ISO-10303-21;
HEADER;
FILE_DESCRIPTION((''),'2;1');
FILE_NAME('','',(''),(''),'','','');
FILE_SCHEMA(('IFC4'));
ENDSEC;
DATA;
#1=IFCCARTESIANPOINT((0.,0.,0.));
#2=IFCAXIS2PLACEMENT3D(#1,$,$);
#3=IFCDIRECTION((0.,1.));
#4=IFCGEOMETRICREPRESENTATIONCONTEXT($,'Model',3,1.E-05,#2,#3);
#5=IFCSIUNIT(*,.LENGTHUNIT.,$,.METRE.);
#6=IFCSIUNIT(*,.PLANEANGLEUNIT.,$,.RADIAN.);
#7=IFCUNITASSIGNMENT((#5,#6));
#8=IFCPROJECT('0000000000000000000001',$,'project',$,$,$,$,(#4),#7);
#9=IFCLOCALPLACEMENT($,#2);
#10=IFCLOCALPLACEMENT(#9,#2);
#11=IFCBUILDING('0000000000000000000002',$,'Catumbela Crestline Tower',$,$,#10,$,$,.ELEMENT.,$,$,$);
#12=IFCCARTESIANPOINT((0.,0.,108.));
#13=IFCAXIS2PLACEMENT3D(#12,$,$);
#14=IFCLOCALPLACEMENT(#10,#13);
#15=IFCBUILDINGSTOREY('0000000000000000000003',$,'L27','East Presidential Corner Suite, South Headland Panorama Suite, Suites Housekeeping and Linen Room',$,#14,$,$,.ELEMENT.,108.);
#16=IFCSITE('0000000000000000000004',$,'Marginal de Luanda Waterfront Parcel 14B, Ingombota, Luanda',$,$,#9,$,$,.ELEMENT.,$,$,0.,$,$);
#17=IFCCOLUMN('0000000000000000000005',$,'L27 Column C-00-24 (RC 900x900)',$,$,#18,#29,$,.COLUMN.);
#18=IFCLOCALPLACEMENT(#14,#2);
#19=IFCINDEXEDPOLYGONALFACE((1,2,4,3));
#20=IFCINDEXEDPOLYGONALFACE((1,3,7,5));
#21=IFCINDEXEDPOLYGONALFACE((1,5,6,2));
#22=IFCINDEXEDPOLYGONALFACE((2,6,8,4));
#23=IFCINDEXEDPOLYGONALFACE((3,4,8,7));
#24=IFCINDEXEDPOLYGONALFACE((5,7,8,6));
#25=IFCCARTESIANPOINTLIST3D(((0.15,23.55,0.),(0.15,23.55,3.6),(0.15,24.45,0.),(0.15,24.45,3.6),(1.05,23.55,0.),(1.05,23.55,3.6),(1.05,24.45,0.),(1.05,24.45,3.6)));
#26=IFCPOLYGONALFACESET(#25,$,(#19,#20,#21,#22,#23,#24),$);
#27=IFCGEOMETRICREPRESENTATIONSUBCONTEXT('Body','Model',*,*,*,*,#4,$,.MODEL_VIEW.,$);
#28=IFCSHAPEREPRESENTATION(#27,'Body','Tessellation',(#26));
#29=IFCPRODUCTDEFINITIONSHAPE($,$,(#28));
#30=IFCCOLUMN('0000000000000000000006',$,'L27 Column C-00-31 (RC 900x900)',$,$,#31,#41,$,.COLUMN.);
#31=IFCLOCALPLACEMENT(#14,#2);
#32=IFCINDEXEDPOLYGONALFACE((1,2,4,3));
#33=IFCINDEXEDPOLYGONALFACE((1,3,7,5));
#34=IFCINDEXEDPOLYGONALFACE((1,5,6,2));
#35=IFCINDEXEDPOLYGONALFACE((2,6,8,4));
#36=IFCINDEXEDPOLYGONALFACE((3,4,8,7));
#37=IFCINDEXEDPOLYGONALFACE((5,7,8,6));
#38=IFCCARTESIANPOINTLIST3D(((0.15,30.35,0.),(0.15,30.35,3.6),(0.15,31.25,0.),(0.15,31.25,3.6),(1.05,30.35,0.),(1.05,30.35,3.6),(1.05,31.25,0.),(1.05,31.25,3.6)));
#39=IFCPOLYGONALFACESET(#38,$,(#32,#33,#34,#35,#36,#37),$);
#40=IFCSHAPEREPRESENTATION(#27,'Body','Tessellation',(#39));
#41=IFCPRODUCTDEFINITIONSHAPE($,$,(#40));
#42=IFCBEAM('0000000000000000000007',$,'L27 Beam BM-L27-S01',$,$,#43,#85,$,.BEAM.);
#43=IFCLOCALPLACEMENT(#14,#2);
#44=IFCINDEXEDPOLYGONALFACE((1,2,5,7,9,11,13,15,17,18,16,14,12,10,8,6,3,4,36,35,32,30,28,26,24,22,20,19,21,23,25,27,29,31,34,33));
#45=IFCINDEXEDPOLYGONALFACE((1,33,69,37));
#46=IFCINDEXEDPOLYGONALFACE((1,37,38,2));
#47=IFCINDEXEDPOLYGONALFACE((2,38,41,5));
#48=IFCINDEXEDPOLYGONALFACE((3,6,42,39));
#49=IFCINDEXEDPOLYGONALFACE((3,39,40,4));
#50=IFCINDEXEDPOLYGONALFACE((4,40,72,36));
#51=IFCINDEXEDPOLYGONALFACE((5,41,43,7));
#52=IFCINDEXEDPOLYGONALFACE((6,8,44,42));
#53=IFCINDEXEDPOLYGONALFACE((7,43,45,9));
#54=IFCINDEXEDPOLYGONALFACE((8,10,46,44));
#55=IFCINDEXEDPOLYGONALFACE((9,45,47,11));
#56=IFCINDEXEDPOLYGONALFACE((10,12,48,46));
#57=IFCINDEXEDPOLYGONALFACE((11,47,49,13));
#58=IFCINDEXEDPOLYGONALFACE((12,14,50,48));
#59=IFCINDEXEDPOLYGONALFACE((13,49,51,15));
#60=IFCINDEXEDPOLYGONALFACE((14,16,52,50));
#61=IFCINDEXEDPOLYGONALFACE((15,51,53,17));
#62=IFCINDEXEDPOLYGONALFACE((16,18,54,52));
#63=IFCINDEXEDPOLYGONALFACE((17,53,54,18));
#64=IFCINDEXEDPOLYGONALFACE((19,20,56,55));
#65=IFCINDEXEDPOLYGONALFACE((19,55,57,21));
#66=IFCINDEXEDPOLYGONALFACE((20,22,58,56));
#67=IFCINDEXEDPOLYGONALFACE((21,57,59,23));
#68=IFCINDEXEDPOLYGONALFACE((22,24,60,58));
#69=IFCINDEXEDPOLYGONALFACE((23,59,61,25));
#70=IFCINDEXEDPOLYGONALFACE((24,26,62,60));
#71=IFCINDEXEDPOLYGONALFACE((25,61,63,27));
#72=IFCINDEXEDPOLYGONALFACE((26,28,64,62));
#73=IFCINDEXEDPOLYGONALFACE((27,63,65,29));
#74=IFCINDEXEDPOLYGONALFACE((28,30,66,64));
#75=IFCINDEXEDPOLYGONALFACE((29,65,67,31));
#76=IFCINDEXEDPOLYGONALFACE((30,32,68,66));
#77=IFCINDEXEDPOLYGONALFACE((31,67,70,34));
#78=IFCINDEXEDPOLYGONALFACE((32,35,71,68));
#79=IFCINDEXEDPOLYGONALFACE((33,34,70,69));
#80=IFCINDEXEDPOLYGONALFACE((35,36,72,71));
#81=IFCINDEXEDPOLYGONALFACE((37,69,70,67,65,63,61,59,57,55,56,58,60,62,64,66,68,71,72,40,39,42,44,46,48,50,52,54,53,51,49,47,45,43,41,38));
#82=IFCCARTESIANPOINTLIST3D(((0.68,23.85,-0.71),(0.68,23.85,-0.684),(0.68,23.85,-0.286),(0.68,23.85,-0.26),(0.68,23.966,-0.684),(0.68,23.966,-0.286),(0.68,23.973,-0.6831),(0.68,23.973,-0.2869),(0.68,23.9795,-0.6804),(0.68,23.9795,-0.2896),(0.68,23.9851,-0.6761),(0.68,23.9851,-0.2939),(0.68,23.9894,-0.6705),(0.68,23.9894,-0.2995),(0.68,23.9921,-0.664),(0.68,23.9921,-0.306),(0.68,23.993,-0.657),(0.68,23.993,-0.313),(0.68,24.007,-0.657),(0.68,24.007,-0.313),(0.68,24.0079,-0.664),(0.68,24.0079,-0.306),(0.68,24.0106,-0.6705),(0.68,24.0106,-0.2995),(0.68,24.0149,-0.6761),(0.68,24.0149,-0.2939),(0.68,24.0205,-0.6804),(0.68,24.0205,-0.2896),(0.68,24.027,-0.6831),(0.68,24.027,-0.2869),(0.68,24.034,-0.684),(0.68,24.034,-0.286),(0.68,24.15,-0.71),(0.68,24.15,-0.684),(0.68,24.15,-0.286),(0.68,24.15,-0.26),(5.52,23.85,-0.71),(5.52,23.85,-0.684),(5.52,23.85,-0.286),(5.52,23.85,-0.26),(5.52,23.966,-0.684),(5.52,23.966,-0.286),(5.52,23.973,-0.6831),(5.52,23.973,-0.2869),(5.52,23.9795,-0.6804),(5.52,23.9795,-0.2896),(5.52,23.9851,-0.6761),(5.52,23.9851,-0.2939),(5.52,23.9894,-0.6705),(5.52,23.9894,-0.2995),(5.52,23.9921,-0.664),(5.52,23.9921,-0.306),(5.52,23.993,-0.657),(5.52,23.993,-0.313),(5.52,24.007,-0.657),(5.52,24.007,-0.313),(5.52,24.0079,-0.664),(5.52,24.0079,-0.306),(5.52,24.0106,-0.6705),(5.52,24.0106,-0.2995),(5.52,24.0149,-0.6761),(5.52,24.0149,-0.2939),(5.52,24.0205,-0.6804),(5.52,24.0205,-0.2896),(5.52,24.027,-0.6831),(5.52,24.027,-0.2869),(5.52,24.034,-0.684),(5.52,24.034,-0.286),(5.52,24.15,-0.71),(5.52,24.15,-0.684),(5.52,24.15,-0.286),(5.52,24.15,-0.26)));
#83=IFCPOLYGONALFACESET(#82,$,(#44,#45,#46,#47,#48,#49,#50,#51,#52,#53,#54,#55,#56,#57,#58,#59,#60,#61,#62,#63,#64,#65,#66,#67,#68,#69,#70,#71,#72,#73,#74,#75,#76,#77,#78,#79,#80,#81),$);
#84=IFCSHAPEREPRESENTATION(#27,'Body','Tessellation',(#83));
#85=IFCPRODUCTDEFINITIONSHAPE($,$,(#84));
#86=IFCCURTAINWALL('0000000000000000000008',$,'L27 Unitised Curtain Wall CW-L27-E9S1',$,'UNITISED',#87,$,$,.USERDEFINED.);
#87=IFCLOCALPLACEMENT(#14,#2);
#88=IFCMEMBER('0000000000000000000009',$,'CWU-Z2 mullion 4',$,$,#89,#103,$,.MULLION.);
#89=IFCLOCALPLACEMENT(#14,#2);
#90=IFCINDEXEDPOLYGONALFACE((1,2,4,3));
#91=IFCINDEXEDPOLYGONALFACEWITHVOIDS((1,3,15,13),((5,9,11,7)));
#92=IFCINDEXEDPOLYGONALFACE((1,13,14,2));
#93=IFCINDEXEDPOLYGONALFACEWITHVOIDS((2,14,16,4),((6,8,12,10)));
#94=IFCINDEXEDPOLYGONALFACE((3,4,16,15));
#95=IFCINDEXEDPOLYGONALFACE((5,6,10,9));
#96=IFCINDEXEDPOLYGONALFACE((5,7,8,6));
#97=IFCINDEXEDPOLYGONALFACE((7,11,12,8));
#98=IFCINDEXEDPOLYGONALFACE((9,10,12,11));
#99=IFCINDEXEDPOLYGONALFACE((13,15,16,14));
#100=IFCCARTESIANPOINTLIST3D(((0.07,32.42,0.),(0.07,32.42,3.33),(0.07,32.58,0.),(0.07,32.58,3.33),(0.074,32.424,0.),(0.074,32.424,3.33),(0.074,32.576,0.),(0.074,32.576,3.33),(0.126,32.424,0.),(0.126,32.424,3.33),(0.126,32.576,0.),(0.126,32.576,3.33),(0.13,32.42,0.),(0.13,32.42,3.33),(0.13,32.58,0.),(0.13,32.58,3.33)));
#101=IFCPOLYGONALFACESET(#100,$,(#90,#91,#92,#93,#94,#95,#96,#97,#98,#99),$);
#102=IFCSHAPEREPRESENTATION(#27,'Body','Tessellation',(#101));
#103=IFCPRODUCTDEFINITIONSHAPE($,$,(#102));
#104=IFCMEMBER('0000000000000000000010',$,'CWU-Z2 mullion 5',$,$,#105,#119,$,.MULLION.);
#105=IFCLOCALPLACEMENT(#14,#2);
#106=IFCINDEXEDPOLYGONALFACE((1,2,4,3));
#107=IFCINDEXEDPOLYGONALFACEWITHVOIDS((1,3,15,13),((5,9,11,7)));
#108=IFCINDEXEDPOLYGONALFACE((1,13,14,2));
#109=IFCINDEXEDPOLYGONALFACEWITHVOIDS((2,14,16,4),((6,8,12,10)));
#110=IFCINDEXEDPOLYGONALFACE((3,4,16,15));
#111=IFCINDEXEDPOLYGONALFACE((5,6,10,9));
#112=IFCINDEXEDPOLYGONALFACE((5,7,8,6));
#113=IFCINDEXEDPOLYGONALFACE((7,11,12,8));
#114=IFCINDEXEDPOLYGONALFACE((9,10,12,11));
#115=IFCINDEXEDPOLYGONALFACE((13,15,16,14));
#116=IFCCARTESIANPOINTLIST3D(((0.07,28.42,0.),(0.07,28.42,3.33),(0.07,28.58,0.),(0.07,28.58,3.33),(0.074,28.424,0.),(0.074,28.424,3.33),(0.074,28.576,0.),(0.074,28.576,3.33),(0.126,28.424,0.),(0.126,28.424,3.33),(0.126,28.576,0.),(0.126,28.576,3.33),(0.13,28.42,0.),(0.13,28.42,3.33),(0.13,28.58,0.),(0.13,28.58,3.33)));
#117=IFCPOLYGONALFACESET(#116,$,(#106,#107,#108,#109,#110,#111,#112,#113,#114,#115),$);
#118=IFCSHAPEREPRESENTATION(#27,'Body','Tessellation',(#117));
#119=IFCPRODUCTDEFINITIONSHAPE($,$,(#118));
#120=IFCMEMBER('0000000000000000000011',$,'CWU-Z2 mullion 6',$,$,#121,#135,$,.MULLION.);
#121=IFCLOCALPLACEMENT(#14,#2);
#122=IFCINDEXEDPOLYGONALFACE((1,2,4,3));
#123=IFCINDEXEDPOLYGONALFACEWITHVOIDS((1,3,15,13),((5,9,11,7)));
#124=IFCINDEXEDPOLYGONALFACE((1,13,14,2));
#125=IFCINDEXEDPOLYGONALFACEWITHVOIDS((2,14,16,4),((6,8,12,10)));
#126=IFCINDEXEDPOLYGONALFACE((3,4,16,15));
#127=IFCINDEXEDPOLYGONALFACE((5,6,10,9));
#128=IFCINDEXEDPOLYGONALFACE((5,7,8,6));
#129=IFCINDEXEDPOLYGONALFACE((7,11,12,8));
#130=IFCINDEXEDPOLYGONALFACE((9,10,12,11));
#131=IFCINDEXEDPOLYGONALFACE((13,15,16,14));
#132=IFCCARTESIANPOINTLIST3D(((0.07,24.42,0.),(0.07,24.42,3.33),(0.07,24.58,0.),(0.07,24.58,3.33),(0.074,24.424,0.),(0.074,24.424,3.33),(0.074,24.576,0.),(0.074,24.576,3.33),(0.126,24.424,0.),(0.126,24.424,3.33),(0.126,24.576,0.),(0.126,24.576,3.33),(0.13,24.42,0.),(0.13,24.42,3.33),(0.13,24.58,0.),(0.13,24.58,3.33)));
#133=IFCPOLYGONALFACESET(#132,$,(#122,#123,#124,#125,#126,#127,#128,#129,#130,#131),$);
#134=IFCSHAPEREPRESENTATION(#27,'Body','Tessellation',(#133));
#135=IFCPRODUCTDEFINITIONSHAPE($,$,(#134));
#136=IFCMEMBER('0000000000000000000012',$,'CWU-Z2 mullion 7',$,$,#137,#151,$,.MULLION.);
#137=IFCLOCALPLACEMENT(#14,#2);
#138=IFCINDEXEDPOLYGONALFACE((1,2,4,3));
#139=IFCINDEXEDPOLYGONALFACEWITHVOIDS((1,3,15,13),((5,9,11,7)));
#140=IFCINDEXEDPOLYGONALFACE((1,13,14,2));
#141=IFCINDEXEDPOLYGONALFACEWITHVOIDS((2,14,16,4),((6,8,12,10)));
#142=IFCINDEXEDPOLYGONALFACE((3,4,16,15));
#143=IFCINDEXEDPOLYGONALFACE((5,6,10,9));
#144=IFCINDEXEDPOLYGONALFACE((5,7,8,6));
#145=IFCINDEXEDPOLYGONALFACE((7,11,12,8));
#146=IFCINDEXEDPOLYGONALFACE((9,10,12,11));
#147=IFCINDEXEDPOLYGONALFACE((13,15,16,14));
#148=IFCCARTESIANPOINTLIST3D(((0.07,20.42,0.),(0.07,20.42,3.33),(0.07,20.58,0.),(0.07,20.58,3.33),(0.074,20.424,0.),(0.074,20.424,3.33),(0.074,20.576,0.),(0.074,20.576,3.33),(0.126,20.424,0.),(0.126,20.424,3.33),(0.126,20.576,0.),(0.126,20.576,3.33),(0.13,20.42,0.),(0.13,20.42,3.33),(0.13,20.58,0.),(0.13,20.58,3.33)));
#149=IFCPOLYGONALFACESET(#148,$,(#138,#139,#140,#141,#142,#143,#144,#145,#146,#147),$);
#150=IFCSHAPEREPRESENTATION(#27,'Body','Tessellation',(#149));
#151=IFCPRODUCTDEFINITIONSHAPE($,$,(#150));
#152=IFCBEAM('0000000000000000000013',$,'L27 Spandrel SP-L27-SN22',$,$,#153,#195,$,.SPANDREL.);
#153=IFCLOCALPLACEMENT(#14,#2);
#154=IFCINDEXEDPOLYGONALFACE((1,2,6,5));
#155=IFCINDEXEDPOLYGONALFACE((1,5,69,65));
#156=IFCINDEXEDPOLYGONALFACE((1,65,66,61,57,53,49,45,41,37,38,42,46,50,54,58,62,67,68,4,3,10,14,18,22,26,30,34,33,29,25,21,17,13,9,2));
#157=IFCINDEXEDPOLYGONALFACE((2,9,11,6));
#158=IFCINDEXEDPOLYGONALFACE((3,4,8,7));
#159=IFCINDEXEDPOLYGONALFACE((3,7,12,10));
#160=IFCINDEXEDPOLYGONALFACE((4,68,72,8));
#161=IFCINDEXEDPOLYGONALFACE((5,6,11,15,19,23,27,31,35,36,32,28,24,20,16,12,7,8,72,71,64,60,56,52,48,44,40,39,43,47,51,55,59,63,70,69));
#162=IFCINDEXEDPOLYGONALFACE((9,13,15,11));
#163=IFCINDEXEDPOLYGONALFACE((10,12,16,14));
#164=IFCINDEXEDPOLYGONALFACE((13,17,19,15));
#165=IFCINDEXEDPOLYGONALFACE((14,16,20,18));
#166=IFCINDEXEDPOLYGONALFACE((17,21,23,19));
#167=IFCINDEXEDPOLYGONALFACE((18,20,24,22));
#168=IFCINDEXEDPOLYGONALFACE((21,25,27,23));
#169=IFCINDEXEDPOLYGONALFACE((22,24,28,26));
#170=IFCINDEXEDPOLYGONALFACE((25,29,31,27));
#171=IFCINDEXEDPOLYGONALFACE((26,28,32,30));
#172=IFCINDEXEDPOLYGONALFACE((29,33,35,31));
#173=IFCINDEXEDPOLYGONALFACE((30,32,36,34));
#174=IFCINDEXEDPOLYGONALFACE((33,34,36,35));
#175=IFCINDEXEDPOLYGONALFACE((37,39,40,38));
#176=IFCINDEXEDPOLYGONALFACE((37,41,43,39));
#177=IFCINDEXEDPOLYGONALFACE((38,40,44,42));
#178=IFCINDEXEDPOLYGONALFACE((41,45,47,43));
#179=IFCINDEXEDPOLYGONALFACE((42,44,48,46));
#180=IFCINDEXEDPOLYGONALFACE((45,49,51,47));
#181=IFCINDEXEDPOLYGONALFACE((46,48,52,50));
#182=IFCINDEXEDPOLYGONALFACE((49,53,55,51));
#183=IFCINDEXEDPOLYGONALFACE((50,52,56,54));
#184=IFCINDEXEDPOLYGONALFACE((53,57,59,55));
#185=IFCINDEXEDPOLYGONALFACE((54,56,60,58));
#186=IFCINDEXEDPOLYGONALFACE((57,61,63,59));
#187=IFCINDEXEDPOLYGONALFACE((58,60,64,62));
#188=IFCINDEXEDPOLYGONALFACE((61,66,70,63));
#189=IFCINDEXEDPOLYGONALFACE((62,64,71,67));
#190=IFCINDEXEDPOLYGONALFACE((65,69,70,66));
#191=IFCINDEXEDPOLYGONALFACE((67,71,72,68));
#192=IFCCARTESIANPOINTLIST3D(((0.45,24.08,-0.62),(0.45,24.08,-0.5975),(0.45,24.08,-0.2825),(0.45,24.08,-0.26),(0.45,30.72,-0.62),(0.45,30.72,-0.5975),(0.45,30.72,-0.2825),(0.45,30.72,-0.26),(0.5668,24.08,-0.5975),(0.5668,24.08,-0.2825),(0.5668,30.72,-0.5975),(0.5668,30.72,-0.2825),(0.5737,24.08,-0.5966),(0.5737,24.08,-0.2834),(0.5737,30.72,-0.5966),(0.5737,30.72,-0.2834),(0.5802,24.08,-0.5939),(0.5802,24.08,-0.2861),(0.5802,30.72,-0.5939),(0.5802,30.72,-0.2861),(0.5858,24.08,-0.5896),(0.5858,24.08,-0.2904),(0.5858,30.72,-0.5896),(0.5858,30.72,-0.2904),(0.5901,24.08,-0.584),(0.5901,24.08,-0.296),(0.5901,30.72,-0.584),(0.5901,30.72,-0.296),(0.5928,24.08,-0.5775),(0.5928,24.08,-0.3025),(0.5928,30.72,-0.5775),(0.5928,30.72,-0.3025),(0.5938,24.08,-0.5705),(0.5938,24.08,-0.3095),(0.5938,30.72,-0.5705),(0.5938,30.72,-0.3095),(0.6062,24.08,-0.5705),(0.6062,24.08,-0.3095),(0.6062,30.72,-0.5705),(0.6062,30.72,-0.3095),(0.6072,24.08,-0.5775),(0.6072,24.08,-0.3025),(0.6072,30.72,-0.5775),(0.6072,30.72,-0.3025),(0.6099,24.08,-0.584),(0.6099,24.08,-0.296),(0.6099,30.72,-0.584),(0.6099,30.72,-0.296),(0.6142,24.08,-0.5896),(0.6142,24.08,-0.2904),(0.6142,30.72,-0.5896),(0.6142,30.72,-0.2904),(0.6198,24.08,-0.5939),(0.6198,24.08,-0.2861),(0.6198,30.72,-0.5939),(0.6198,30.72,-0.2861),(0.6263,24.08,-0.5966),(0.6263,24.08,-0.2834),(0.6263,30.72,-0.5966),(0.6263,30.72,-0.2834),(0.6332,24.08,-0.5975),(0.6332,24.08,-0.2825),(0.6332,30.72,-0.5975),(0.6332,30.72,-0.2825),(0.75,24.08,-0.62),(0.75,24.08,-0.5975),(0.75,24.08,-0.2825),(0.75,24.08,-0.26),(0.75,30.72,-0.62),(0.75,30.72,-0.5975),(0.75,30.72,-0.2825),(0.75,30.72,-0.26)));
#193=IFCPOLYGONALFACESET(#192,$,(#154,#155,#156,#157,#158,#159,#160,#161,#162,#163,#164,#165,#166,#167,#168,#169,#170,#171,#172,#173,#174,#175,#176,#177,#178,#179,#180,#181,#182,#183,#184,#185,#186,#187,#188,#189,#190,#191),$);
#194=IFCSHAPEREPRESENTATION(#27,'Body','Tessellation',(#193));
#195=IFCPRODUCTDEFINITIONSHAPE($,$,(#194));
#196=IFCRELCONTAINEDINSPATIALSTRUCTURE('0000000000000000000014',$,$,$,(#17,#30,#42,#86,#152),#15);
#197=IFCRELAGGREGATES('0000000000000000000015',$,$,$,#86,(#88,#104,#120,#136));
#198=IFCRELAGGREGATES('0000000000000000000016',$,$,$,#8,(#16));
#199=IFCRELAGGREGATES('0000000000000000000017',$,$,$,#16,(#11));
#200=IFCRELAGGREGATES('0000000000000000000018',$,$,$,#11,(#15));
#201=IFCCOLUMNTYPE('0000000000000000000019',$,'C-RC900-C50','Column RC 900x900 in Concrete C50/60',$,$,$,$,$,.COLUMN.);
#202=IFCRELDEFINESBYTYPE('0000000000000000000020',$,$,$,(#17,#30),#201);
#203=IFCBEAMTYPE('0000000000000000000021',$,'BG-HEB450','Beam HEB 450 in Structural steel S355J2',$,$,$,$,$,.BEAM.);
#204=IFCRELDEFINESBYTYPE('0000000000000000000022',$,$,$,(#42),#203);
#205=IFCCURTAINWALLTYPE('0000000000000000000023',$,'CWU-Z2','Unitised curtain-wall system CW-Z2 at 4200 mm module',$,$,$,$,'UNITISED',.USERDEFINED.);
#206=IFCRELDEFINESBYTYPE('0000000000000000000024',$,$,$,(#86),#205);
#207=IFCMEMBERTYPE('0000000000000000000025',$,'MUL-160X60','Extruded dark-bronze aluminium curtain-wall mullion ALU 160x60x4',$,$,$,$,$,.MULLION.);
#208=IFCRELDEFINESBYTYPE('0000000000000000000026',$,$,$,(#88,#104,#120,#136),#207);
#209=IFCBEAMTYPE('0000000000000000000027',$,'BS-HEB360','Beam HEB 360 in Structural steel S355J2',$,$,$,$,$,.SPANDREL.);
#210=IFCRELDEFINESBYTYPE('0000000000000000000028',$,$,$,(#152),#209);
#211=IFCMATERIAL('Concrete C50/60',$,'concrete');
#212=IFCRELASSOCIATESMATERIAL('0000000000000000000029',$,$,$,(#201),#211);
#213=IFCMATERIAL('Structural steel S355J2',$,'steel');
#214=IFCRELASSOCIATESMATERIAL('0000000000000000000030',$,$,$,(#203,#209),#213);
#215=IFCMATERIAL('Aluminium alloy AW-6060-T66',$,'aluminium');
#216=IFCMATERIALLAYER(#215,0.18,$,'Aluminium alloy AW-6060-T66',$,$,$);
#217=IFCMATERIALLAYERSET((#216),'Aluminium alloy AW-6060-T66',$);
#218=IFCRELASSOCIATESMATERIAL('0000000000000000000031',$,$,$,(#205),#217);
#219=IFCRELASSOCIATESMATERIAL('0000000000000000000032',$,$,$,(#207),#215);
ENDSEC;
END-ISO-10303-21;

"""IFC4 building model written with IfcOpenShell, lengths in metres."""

from ifc_helpers import new_model, si_unit, direction, frame, origin, origin_2d, place, context, subcontext, project, spatial, rectangle, hollow_rectangle, i_section, extrude, material, layer, layer_set, material_profile, profile_set, type_object, element, aggregate, save


model = new_model("IFC4")

# Units and contexts
model_context = context("Model", 3, precision=1e-05, world=origin(), true_north=direction((0.0, 1.0)))
body_context = subcontext(model_context, "Body", "Model", "MODEL_VIEW")
ifc_project = project(units=[si_unit("LENGTHUNIT", "METRE"), si_unit("PLANEANGLEUNIT", "RADIAN")], contexts=[model_context])

# Site, building, storey
site_placement = place(None, origin())
site = spatial("IfcSite", under=ifc_project, at=site_placement, Name="Marginal de Luanda Waterfront Parcel 14B, Ingombota, Luanda", CompositionType="ELEMENT", RefElevation=0.0)
building_placement = place(site_placement, origin())
building = spatial("IfcBuilding", under=site, at=building_placement, Name="Catumbela Crestline Tower", CompositionType="ELEMENT")
storey_placement = place(building_placement, frame((0.0, 0.0, 108.0)))
storey = spatial("IfcBuildingStorey", under=building, at=storey_placement, Name="L27", Description="East Presidential Corner Suite, South Headland Panorama Suite, Suites Housekeeping and Linen Room", CompositionType="ELEMENT", Elevation=108.0)

# Columns
ifc_material_1 = material(Name="Concrete C50/60", Category="concrete")
ifc_material_profile_1 = material_profile(ifc_material_1, rectangle(XDim=0.9, YDim=0.9, at=origin_2d()), Name="RC 900x900")
ifc_profile_set_1 = profile_set([ifc_material_profile_1], Name="Concrete C50/60")
column_type = type_object("IfcColumnType", Name="C-RC900-C50", Description="Column RC 900x900 in Concrete C50/60", PredefinedType="COLUMN", material=ifc_profile_set_1)
for number, where, z_axis, x_axis, name in (
    (1, (0.6, 24.0, 0.0), (0.0, 0.0, 1.0), (1.0, 0.0, 0.0), "L27 Column C-00-24 (RC 900x900)"),
    (2, (0.6, 30.8, 0.0), (0.0, 0.0, 1.0), (1.0, 0.0, 0.0), "L27 Column C-00-31 (RC 900x900)"),
):
    element("IfcColumn", number, at=place(storey_placement, frame(where, z_axis=z_axis, x_axis=x_axis)), inside=storey, type_object=column_type, Name=name, PredefinedType="COLUMN", context=body_context, shape_type="SweptSolid", body=[
        extrude(rectangle(XDim=0.9, YDim=0.9, at=origin_2d()), origin(), (0.0, 0.0, 1.0), 3.6),
    ])

# Beam
ifc_material_2 = material(Name="Structural steel S355J2", Category="steel")
ifc_material_profile_2 = material_profile(ifc_material_2, i_section(OverallWidth=0.3, OverallDepth=0.45, WebThickness=0.014, FlangeThickness=0.026, FilletRadius=0.027, at=origin_2d()), Name="HEB 450")
ifc_profile_set_2 = profile_set([ifc_material_profile_2], Name="Structural steel S355J2")
beam_type_1 = type_object("IfcBeamType", Name="BG-HEB450", Description="Beam HEB 450 in Structural steel S355J2", PredefinedType="BEAM", material=ifc_profile_set_2)
beam_1_placement = place(storey_placement, frame((0.68, 24.0, -0.485), z_axis=(1.0, 0.0, 0.0), x_axis=(0.0, 1.0, 0.0)))
element("IfcBeam", 3, at=beam_1_placement, inside=storey, type_object=beam_type_1, Name="L27 Beam BM-L27-S01", PredefinedType="BEAM", context=body_context, shape_type="SweptSolid", body=[
    extrude(i_section(OverallWidth=0.3, OverallDepth=0.45, WebThickness=0.014, FlangeThickness=0.026, FilletRadius=0.027, at=origin_2d()), origin(), (0.0, 0.0, 1.0), 4.84),
])

# Curtain wall, members
ifc_material_3 = material(Name="Aluminium alloy AW-6060-T66", Category="aluminium")
ifc_layer_1 = layer(ifc_material_3, 0.18, Name="Aluminium alloy AW-6060-T66")
ifc_layer_set_1 = layer_set([ifc_layer_1], Name="Aluminium alloy AW-6060-T66")
curtain_wall_type = type_object("IfcCurtainWallType", Name="CWU-Z2", Description="Unitised curtain-wall system CW-Z2 at 4200 mm module", ElementType="UNITISED", PredefinedType="USERDEFINED", material=ifc_layer_set_1)
curtain_wall_placement = place(storey_placement, origin())
curtain_wall = element("IfcCurtainWall", 4, at=curtain_wall_placement, inside=storey, type_object=curtain_wall_type, Name="L27 Unitised Curtain Wall CW-L27-E9S1", ObjectType="UNITISED", PredefinedType="USERDEFINED")
ifc_material_profile_3 = material_profile(ifc_material_3, hollow_rectangle(XDim=0.06, YDim=0.16, WallThickness=0.004, at=origin_2d()), Name="ALU 160x60x4")
ifc_profile_set_3 = profile_set([ifc_material_profile_3], Name="Aluminium alloy AW-6060-T66")
member_type_1 = type_object("IfcMemberType", Name="MUL-160X60", Description="Extruded dark-bronze aluminium curtain-wall mullion ALU 160x60x4", PredefinedType="MULLION", material=ifc_profile_set_3)
member_1_placement = place(storey_placement, frame((0.1, 32.5, 0.0), z_axis=(0.0, 0.0, 1.0), x_axis=(1.0, 0.0, 0.0)))
member_1 = element("IfcMember", 5, at=member_1_placement, type_object=member_type_1, Name="CWU-Z2 mullion 4", PredefinedType="MULLION", context=body_context, shape_type="SweptSolid", body=[
    extrude(hollow_rectangle(XDim=0.06, YDim=0.16, WallThickness=0.004, at=origin_2d()), origin(), (0.0, 0.0, 1.0), 3.33),
])
member_2_placement = place(storey_placement, frame((0.1, 28.5, 0.0), z_axis=(0.0, 0.0, 1.0), x_axis=(1.0, 0.0, 0.0)))
member_2 = element("IfcMember", 6, at=member_2_placement, type_object=member_type_1, Name="CWU-Z2 mullion 5", PredefinedType="MULLION", context=body_context, shape_type="SweptSolid", body=[
    extrude(hollow_rectangle(XDim=0.06, YDim=0.16, WallThickness=0.004, at=origin_2d()), origin(), (0.0, 0.0, 1.0), 3.33),
])
member_3_placement = place(storey_placement, frame((0.1, 24.5, 0.0), z_axis=(0.0, 0.0, 1.0), x_axis=(1.0, 0.0, 0.0)))
member_3 = element("IfcMember", 7, at=member_3_placement, type_object=member_type_1, Name="CWU-Z2 mullion 6", PredefinedType="MULLION", context=body_context, shape_type="SweptSolid", body=[
    extrude(hollow_rectangle(XDim=0.06, YDim=0.16, WallThickness=0.004, at=origin_2d()), origin(), (0.0, 0.0, 1.0), 3.33),
])
member_4_placement = place(storey_placement, frame((0.1, 20.5, 0.0), z_axis=(0.0, 0.0, 1.0), x_axis=(1.0, 0.0, 0.0)))
member_4 = element("IfcMember", 8, at=member_4_placement, type_object=member_type_1, Name="CWU-Z2 mullion 7", PredefinedType="MULLION", context=body_context, shape_type="SweptSolid", body=[
    extrude(hollow_rectangle(XDim=0.06, YDim=0.16, WallThickness=0.004, at=origin_2d()), origin(), (0.0, 0.0, 1.0), 3.33),
])

# Beam
ifc_material_profile_4 = material_profile(ifc_material_2, i_section(OverallWidth=0.3, OverallDepth=0.36, WebThickness=0.0125, FlangeThickness=0.0225, FilletRadius=0.027, at=origin_2d()), Name="HEB 360")
ifc_profile_set_4 = profile_set([ifc_material_profile_4], Name="Structural steel S355J2")
beam_type_2 = type_object("IfcBeamType", Name="BS-HEB360", Description="Beam HEB 360 in Structural steel S355J2", PredefinedType="SPANDREL", material=ifc_profile_set_4)
beam_2_placement = place(storey_placement, frame((0.6, 24.08, -0.44), z_axis=(0.0, 1.0, 0.0), x_axis=(-1.0, 0.0, 0.0)))
element("IfcBeam", 9, at=beam_2_placement, inside=storey, type_object=beam_type_2, Name="L27 Spandrel SP-L27-SN22", PredefinedType="SPANDREL", context=body_context, shape_type="SweptSolid", body=[
    extrude(i_section(OverallWidth=0.3, OverallDepth=0.36, WebThickness=0.0125, FlangeThickness=0.0225, FilletRadius=0.027, at=origin_2d()), origin(), (0.0, 0.0, 1.0), 6.64),
])

aggregate(curtain_wall, [member_1, member_2, member_3, member_4])

save(model, "model.ifc")
